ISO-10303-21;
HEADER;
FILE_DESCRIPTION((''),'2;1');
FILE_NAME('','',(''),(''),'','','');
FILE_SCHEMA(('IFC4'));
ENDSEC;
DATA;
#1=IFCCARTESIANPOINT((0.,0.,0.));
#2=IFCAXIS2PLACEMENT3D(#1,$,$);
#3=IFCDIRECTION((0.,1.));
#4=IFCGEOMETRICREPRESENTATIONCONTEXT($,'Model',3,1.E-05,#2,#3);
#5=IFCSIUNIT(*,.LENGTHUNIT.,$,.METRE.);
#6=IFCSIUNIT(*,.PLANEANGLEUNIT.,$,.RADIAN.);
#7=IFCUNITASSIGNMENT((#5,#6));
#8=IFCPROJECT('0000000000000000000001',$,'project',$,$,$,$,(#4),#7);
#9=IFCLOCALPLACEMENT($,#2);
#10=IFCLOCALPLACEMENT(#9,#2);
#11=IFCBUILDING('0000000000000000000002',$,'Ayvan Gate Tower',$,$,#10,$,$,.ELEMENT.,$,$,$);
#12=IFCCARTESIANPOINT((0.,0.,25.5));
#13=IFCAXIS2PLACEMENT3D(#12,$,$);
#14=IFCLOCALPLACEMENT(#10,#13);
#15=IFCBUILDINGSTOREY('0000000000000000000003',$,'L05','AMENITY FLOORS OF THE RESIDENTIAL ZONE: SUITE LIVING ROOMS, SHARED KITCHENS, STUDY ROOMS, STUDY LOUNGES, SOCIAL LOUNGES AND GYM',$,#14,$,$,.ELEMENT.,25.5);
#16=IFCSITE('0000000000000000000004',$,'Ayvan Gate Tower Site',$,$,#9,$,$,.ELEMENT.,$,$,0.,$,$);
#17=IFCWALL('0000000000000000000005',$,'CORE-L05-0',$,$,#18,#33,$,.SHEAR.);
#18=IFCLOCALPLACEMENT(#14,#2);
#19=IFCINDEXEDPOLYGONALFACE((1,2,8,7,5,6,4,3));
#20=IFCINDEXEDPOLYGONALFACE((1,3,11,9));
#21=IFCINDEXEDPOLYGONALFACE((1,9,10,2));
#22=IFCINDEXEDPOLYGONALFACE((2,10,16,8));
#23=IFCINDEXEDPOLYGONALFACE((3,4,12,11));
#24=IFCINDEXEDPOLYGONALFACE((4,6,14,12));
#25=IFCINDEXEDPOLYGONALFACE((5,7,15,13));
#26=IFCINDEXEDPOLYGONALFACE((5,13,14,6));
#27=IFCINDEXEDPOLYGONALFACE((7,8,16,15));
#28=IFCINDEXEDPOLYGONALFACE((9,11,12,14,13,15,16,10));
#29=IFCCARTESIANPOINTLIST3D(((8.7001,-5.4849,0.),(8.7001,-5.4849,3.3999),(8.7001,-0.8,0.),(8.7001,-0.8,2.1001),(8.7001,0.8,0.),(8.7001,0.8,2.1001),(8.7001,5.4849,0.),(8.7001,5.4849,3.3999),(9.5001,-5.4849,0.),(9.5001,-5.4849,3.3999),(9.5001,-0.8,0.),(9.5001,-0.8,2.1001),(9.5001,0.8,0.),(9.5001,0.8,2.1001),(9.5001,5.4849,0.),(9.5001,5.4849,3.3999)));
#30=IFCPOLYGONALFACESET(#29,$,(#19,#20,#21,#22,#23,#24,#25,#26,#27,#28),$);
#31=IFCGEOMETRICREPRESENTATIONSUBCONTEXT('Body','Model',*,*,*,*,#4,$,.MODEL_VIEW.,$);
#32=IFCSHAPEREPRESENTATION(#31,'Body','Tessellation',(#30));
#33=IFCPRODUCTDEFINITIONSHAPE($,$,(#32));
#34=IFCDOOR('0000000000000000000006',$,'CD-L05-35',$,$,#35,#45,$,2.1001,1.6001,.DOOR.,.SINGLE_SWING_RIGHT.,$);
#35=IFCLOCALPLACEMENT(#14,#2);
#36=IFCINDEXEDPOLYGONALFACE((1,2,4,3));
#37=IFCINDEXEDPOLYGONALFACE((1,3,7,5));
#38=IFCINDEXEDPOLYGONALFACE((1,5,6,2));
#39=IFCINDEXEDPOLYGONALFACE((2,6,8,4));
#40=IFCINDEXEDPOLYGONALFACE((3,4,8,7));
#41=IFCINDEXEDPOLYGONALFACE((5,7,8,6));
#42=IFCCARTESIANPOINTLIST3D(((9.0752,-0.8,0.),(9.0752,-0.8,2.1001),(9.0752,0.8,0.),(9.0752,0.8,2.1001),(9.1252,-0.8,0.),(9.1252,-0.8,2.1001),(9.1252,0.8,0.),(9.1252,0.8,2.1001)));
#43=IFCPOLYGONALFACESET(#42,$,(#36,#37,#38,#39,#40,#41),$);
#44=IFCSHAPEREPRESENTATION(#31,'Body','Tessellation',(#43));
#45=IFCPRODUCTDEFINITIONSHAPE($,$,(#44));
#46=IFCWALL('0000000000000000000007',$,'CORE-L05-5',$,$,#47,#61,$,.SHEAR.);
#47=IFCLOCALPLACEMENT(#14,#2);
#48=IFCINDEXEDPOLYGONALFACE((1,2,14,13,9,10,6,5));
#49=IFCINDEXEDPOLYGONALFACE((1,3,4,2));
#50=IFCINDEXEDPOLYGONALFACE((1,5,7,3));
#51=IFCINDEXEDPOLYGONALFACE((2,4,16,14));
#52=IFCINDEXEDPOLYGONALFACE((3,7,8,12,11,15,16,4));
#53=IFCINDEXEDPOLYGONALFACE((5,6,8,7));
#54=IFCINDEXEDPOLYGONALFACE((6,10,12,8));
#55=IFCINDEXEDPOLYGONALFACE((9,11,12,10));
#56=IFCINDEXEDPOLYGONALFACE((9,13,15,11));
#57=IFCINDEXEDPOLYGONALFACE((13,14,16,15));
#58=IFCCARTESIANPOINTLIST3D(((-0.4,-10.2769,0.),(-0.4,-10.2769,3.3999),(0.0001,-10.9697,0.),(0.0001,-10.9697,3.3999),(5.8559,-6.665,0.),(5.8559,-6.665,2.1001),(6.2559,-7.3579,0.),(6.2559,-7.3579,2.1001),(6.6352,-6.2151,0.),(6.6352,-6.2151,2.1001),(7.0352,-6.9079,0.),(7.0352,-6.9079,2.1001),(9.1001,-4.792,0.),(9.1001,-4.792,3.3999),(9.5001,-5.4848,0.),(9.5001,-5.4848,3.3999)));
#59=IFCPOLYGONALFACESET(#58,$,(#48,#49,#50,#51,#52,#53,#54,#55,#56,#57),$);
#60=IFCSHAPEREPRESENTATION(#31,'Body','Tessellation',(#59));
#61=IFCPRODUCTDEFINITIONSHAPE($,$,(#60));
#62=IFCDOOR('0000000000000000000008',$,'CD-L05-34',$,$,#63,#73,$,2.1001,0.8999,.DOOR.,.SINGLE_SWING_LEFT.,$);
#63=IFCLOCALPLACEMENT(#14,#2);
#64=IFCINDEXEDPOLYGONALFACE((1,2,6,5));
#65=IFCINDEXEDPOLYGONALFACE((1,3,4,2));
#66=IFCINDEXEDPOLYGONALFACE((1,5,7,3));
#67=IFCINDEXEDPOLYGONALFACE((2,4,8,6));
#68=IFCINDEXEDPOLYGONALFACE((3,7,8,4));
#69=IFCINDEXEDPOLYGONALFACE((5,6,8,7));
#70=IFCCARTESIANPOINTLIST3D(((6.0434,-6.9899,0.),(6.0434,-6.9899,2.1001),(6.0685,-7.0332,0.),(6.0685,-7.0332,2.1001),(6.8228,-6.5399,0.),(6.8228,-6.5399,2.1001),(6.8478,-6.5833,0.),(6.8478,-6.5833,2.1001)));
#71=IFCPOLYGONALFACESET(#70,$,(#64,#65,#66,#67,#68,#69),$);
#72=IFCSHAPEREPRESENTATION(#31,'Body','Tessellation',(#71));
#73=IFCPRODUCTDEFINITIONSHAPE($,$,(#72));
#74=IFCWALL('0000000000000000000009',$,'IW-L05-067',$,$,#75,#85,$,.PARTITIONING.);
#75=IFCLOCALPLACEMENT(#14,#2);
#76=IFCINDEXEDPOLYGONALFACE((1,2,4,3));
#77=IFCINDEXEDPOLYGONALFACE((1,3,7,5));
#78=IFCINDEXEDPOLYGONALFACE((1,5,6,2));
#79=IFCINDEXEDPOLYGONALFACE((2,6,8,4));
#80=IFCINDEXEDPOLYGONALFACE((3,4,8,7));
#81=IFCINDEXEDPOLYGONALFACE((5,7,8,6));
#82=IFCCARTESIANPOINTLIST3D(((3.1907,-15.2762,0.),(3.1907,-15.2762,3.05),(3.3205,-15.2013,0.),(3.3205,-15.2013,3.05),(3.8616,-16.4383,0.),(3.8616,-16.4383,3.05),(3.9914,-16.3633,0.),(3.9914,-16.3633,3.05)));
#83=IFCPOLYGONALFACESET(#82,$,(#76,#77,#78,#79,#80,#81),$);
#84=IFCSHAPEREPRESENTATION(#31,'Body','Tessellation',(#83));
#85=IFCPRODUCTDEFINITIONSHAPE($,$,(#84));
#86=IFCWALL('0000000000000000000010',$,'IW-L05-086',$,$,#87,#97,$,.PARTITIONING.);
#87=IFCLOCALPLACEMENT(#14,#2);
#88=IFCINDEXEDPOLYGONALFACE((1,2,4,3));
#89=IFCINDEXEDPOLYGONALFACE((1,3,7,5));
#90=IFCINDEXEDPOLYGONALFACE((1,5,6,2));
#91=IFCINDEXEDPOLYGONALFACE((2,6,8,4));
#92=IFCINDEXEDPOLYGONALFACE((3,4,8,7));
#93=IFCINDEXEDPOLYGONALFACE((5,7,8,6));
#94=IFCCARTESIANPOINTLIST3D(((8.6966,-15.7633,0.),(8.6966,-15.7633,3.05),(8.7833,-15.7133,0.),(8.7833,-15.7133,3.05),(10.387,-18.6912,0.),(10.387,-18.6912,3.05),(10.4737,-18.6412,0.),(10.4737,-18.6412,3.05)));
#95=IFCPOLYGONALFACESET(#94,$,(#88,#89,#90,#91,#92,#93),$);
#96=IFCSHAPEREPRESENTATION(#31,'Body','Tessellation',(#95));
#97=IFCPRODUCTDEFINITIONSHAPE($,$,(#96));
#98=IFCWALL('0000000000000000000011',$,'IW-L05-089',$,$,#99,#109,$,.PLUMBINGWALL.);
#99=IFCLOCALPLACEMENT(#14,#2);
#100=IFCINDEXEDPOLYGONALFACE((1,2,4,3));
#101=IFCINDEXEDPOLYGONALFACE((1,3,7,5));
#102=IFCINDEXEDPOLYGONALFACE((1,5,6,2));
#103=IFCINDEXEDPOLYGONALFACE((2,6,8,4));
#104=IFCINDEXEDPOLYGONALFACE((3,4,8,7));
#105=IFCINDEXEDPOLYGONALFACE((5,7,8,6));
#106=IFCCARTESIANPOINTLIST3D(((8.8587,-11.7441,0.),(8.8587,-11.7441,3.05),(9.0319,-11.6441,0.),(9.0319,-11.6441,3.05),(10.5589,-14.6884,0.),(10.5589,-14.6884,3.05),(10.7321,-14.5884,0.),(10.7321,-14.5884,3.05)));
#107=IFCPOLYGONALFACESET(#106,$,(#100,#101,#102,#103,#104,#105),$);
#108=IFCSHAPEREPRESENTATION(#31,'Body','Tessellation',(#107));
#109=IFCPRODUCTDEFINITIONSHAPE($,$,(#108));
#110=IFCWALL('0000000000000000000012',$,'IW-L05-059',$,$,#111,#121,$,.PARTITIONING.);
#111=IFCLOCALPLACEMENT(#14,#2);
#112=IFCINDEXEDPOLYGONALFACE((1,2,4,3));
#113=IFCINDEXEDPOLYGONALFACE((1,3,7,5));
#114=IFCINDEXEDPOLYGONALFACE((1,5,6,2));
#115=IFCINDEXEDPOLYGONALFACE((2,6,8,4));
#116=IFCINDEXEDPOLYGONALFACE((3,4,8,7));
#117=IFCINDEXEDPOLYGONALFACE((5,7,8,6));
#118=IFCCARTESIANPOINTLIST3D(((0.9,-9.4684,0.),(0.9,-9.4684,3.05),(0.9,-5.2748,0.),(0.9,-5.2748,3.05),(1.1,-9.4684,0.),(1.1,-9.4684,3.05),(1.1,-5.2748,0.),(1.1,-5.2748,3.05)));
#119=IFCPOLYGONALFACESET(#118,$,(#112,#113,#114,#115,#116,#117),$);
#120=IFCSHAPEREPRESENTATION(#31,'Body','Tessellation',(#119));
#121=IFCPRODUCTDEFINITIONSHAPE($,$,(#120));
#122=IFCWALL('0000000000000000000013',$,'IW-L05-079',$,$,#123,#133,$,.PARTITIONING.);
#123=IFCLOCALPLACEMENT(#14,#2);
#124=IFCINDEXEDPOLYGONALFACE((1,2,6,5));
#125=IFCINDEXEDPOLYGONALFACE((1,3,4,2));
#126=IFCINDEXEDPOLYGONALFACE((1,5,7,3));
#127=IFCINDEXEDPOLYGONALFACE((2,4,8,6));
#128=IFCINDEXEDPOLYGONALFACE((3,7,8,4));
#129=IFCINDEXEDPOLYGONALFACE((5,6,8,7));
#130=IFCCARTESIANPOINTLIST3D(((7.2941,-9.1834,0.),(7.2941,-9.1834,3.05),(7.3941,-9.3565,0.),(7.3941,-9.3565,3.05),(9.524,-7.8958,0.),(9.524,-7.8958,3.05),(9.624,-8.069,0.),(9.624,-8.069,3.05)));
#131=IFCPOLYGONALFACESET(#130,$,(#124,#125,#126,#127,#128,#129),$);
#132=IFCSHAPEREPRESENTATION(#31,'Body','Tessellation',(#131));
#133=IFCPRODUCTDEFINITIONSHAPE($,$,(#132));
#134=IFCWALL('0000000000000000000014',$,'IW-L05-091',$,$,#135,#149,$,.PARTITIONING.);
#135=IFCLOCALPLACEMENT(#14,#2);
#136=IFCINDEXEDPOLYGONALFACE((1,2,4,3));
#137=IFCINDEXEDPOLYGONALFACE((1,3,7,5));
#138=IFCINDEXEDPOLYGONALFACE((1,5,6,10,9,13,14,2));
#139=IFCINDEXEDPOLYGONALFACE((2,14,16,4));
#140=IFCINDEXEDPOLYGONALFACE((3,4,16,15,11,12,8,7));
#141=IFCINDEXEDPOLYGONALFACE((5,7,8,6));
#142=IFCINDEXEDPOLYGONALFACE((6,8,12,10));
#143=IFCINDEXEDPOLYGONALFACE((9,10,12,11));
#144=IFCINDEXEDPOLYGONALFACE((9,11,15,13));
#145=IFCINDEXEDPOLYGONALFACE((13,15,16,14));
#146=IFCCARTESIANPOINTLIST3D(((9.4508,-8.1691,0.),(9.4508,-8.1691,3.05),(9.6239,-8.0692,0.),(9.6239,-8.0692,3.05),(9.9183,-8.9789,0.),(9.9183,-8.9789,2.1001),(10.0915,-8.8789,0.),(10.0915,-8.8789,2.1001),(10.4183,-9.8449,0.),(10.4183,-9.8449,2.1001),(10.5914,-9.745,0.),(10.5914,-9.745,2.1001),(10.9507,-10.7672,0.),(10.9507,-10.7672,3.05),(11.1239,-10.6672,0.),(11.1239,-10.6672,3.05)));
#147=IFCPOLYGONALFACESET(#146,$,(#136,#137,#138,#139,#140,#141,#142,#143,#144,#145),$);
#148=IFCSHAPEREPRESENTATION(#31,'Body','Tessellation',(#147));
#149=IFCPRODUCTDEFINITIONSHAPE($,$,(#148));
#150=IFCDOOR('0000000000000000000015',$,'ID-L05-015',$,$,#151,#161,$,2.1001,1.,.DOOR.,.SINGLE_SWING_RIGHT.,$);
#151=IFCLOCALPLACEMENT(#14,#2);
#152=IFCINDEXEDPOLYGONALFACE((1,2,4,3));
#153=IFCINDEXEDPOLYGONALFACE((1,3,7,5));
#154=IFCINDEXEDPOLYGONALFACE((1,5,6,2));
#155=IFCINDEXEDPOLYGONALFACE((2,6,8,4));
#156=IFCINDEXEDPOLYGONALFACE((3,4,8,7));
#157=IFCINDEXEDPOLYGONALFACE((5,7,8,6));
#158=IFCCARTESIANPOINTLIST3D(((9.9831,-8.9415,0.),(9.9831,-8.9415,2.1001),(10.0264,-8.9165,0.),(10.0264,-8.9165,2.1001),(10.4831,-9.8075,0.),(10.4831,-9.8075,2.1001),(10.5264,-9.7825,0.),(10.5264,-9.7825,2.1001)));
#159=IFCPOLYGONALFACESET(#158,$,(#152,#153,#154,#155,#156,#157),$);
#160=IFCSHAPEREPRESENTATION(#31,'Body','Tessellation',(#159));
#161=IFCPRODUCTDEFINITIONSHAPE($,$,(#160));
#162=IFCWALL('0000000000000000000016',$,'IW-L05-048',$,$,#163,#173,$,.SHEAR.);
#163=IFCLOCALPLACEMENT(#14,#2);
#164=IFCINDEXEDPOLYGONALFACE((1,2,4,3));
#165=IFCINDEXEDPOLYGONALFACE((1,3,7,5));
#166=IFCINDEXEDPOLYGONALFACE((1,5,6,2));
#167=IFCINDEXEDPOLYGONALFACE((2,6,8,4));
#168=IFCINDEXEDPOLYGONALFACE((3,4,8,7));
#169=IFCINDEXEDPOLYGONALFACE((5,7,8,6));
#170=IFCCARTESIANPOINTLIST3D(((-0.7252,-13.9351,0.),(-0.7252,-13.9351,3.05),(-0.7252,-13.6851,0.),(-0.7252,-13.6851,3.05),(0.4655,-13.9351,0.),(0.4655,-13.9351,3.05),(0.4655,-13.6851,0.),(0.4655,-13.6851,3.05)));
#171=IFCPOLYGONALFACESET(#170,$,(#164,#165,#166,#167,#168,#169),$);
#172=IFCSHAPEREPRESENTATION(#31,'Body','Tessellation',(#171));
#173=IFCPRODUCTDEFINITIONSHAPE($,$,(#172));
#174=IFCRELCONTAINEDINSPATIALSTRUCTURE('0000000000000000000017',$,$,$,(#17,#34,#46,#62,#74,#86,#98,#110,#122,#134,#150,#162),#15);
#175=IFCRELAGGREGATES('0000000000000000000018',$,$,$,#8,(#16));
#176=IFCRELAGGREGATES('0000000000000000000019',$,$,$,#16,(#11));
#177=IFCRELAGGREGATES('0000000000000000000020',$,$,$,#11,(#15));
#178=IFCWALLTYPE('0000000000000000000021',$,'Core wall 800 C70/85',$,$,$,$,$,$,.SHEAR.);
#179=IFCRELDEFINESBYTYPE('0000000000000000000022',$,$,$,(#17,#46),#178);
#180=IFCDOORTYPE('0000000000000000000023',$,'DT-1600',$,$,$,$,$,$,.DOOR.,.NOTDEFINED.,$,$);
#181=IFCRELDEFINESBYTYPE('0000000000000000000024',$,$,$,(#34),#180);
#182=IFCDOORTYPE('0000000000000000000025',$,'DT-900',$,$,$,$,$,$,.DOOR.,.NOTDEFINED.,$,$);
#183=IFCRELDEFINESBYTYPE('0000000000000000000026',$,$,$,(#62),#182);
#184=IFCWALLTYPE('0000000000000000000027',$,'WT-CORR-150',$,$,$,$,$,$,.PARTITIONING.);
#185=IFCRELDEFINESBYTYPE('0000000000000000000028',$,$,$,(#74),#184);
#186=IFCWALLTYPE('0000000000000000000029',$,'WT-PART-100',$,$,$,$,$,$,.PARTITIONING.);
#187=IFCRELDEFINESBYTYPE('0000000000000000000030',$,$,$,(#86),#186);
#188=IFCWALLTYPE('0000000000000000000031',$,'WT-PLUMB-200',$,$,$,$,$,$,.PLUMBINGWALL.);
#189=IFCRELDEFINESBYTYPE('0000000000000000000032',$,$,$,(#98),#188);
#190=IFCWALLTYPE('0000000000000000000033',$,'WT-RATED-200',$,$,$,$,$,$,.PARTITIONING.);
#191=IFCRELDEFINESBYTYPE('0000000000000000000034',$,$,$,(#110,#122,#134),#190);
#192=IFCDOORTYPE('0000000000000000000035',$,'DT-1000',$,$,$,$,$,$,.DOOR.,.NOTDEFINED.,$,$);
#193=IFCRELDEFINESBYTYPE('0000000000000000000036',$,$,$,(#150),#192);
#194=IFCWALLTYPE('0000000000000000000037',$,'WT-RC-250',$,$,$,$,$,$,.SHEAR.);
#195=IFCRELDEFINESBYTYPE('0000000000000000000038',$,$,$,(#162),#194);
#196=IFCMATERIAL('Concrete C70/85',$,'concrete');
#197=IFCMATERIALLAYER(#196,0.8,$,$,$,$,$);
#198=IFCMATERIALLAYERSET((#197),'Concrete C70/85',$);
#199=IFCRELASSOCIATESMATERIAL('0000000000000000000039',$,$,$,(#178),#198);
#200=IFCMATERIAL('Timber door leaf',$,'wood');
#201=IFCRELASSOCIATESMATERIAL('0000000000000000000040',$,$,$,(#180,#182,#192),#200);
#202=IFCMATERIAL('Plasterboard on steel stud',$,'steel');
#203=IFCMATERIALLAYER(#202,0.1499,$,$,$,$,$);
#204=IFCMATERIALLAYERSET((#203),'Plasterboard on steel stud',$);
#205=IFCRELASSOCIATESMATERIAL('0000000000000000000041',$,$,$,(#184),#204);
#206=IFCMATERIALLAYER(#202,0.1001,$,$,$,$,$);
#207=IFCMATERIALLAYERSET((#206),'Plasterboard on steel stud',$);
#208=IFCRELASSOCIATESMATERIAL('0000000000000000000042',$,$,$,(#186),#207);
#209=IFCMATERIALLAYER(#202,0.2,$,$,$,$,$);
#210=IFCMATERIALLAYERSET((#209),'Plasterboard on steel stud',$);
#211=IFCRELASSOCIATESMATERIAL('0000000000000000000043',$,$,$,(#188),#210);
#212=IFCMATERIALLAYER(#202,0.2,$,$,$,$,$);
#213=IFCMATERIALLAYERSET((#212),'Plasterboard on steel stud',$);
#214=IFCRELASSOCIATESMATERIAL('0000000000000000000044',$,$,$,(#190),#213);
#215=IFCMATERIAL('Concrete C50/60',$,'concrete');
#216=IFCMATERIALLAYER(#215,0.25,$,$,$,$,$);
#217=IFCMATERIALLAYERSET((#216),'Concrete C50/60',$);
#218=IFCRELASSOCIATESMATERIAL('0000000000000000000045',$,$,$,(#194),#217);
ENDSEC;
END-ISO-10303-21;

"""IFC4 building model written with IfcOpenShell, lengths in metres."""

from ifc_helpers import new_model, si_unit, direction, frame, frame_2d, origin, place, context, subcontext, project, spatial, rectangle, extrude, material, layer, layer_set, type_object, element, fill, save


model = new_model("IFC4")

# Units and contexts
model_context = context("Model", 3, precision=1e-05, world=origin(), true_north=direction((0.0, 1.0)))
body_context = subcontext(model_context, "Body", "Model", "MODEL_VIEW")
ifc_project = project(units=[si_unit("LENGTHUNIT", "METRE"), si_unit("PLANEANGLEUNIT", "RADIAN")], contexts=[model_context])

# Site, building, storey
site_placement = place(None, origin())
site = spatial("IfcSite", under=ifc_project, at=site_placement, Name="Ayvan Gate Tower Site", CompositionType="ELEMENT", RefElevation=0.0)
building_placement = place(site_placement, origin())
building = spatial("IfcBuilding", under=site, at=building_placement, Name="Ayvan Gate Tower", CompositionType="ELEMENT")
storey_placement = place(building_placement, frame((0.0, 0.0, 25.5)))
storey = spatial("IfcBuildingStorey", under=building, at=storey_placement, Name="L05", Description="AMENITY FLOORS OF THE RESIDENTIAL ZONE: SUITE LIVING ROOMS, SHARED KITCHENS, STUDY ROOMS, STUDY LOUNGES, SOCIAL LOUNGES AND GYM", CompositionType="ELEMENT", Elevation=25.5)

# Walls, openings, doors
ifc_material_1 = material(Name="Concrete C70/85", Category="concrete")
ifc_layer_1 = layer(ifc_material_1, 0.8)
ifc_layer_set_1 = layer_set([ifc_layer_1], Name="Concrete C70/85")
wall_type_1 = type_object("IfcWallType", Name="Core wall 800 C70/85", PredefinedType="SHEAR", material=ifc_layer_set_1)
wall_1_placement = place(storey_placement, frame((9.1001, -5.4849, 0.0), z_axis=(0.0, 0.0, 1.0), x_axis=(0.0, 1.0, 0.0)))
wall_1 = element("IfcWall", 1, at=wall_1_placement, inside=storey, type_object=wall_type_1, Name="CORE-L05-0", PredefinedType="SHEAR", context=body_context, shape_type="SweptSolid", body=[
    extrude(rectangle(XDim=10.9697, YDim=0.8, at=frame_2d((5.4849, 0.0))), origin(), (0.0, 0.0, 1.0), 3.3999),
])
opening_1_placement = place(wall_1_placement, frame((4.6848, 0.0, 0.0)))
opening_1 = element("IfcOpeningElement", 2, at=opening_1_placement, cuts=wall_1, PredefinedType="OPENING", context=body_context, shape_type="SweptSolid", body=[
    extrude(rectangle(XDim=1.6001, YDim=2.1001, at=frame_2d((0.8, 1.05))), frame((0.0, 0.4099, 0.0), z_axis=(0.0, -1.0, 0.0), x_axis=(1.0, 0.0, 0.0)), (0.0, 0.0, 1.0), 0.8201),
])
ifc_material_2 = material(Name="Timber door leaf", Category="wood")
door_type_1 = type_object("IfcDoorType", Name="DT-1600", OperationType="NOTDEFINED", PredefinedType="DOOR", material=ifc_material_2)
door_1_placement = place(opening_1_placement, origin())
door_1 = element("IfcDoor", 3, at=door_1_placement, inside=storey, type_object=door_type_1, Name="CD-L05-35", OperationType="SINGLE_SWING_RIGHT", OverallHeight=2.1001, OverallWidth=1.6001, PredefinedType="DOOR", context=body_context, shape_type="SweptSolid", body=[
    extrude(rectangle(XDim=1.6001, YDim=2.1001, at=frame_2d((0.8, 1.05))), frame((0.0, 0.0249, 0.0), z_axis=(0.0, -1.0, 0.0), x_axis=(1.0, 0.0, 0.0)), (0.0, 0.0, 1.0), 0.05),
])
fill(opening_1, door_1)
wall_2_placement = place(storey_placement, frame((-0.2, -10.6233, 0.0), z_axis=(0.0, 0.0, 1.0), x_axis=(0.866024, 0.500002, 0.0)))
wall_2 = element("IfcWall", 4, at=wall_2_placement, inside=storey, type_object=wall_type_1, Name="CORE-L05-5", PredefinedType="SHEAR", context=body_context, shape_type="SweptSolid", body=[
    extrude(rectangle(XDim=10.9697, YDim=0.8, at=frame_2d((5.4849, 0.0))), origin(), (0.0, 0.0, 1.0), 3.3999),
])
opening_2_placement = place(wall_2_placement, frame((7.2236, 0.0, 0.0)))
opening_2 = element("IfcOpeningElement", 5, at=opening_2_placement, cuts=wall_2, PredefinedType="OPENING", context=body_context, shape_type="SweptSolid", body=[
    extrude(rectangle(XDim=0.8999, YDim=2.1001, at=frame_2d((0.45, 1.05))), frame((0.0, 0.4099, 0.0), z_axis=(0.0, -1.0, 0.0), x_axis=(1.0, 0.0, 0.0)), (0.0, 0.0, 1.0), 0.8201),
])
door_type_2 = type_object("IfcDoorType", Name="DT-900", OperationType="NOTDEFINED", PredefinedType="DOOR", material=ifc_material_2)
door_2_placement = place(opening_2_placement, origin())
door_2 = element("IfcDoor", 6, at=door_2_placement, inside=storey, type_object=door_type_2, Name="CD-L05-34", OperationType="SINGLE_SWING_LEFT", OverallHeight=2.1001, OverallWidth=0.8999, PredefinedType="DOOR", context=body_context, shape_type="SweptSolid", body=[
    extrude(rectangle(XDim=0.8999, YDim=2.1001, at=frame_2d((0.45, 1.05))), frame((0.0, 0.0249, 0.0), z_axis=(0.0, -1.0, 0.0), x_axis=(1.0, 0.0, 0.0)), (0.0, 0.0, 1.0), 0.05),
])
fill(opening_2, door_2)

# Walls
ifc_material_3 = material(Name="Plasterboard on steel stud", Category="steel")
ifc_layer_2 = layer(ifc_material_3, 0.1499)
ifc_layer_set_2 = layer_set([ifc_layer_2], Name="Plasterboard on steel stud")
wall_type_2 = type_object("IfcWallType", Name="WT-CORR-150", PredefinedType="PARTITIONING", material=ifc_layer_set_2)
wall_3_placement = place(storey_placement, frame((3.2556, -15.2388, 0.0), z_axis=(0.0, 0.0, 1.0), x_axis=(0.499974, -0.86604, 0.0)))
element("IfcWall", 7, at=wall_3_placement, inside=storey, type_object=wall_type_2, Name="IW-L05-067", PredefinedType="PARTITIONING", context=body_context, shape_type="SweptSolid", body=[
    extrude(rectangle(XDim=1.3418, YDim=0.1499, at=frame_2d((0.6709, 0.0))), origin(), (0.0, 0.0, 1.0), 3.05),
])
ifc_layer_3 = layer(ifc_material_3, 0.1001)
ifc_layer_set_3 = layer_set([ifc_layer_3], Name="Plasterboard on steel stud")
wall_type_3 = type_object("IfcWallType", Name="WT-PART-100", PredefinedType="PARTITIONING", material=ifc_layer_set_3)
wall_4_placement = place(storey_placement, frame((8.74, -15.7383, 0.0), z_axis=(0.0, 0.0, 1.0), x_axis=(0.499991, -0.86603, 0.0)))
element("IfcWall", 8, at=wall_4_placement, inside=storey, type_object=wall_type_3, Name="IW-L05-086", PredefinedType="PARTITIONING", context=body_context, shape_type="SweptSolid", body=[
    extrude(rectangle(XDim=3.3809, YDim=0.1001, at=frame_2d((1.6904, 0.0))), origin(), (0.0, 0.0, 1.0), 3.05),
])
ifc_layer_4 = layer(ifc_material_3, 0.2)
ifc_layer_set_4 = layer_set([ifc_layer_4], Name="Plasterboard on steel stud")
wall_type_4 = type_object("IfcWallType", Name="WT-PLUMB-200", PredefinedType="PLUMBINGWALL", material=ifc_layer_set_4)
wall_5_placement = place(storey_placement, frame((8.9453, -11.6941, 0.0), z_axis=(0.0, 0.0, 1.0), x_axis=(0.500062, -0.865989, 0.0)))
element("IfcWall", 9, at=wall_5_placement, inside=storey, type_object=wall_type_4, Name="IW-L05-089", PredefinedType="PLUMBINGWALL", context=body_context, shape_type="SweptSolid", body=[
    extrude(rectangle(XDim=3.3999, YDim=0.2, at=frame_2d((1.7, 0.0))), origin(), (0.0, 0.0, 1.0), 3.05),
])
ifc_layer_5 = layer(ifc_material_3, 0.2)
ifc_layer_set_5 = layer_set([ifc_layer_5], Name="Plasterboard on steel stud")
wall_type_5 = type_object("IfcWallType", Name="WT-RATED-200", PredefinedType="PARTITIONING", material=ifc_layer_set_5)
wall_6_placement = place(storey_placement, frame((1.0, -5.2749, 0.0), z_axis=(0.0, 0.0, 1.0), x_axis=(0.0, -1.0, 0.0)))
element("IfcWall", 10, at=wall_6_placement, inside=storey, type_object=wall_type_5, Name="IW-L05-059", PredefinedType="PARTITIONING", context=body_context, shape_type="SweptSolid", body=[
    extrude(rectangle(XDim=4.1936, YDim=0.2, at=frame_2d((2.0967, 0.0))), origin(), (0.0, 0.0, 1.0), 3.05),
])
wall_7_placement = place(storey_placement, frame((7.344, -9.27, 0.0), z_axis=(0.0, 0.0, 1.0), x_axis=(0.866006, 0.500034, 0.0)))
element("IfcWall", 11, at=wall_7_placement, inside=storey, type_object=wall_type_5, Name="IW-L05-079", PredefinedType="PARTITIONING", context=body_context, shape_type="SweptSolid", body=[
    extrude(rectangle(XDim=2.575, YDim=0.2, at=frame_2d((1.2876, 0.0))), origin(), (0.0, 0.0, 1.0), 3.05),
])

# Wall, opening, door
wall_8_placement = place(storey_placement, frame((9.5374, -8.1191, 0.0), z_axis=(0.0, 0.0, 1.0), x_axis=(0.49999, -0.866031, 0.0)))
wall_8 = element("IfcWall", 12, at=wall_8_placement, inside=storey, type_object=wall_type_5, Name="IW-L05-091", PredefinedType="PARTITIONING", context=body_context, shape_type="SweptSolid", body=[
    extrude(rectangle(XDim=3.0, YDim=0.2, at=frame_2d((1.5, 0.0))), origin(), (0.0, 0.0, 1.0), 3.05),
])
opening_3_placement = place(wall_8_placement, frame((0.9351, 0.0, 0.0)))
opening_3 = element("IfcOpeningElement", 13, at=opening_3_placement, cuts=wall_8, PredefinedType="OPENING", context=body_context, shape_type="SweptSolid", body=[
    extrude(rectangle(XDim=1.0, YDim=2.1001, at=frame_2d((0.5, 1.05))), frame((0.0, 0.1099, 0.0), z_axis=(0.0, -1.0, 0.0), x_axis=(1.0, 0.0, 0.0)), (0.0, 0.0, 1.0), 0.22),
])
door_type_3 = type_object("IfcDoorType", Name="DT-1000", OperationType="NOTDEFINED", PredefinedType="DOOR", material=ifc_material_2)
door_3_placement = place(opening_3_placement, origin())
door_3 = element("IfcDoor", 14, at=door_3_placement, inside=storey, type_object=door_type_3, Name="ID-L05-015", OperationType="SINGLE_SWING_RIGHT", OverallHeight=2.1001, OverallWidth=1.0, PredefinedType="DOOR", context=body_context, shape_type="SweptSolid", body=[
    extrude(rectangle(XDim=1.0, YDim=2.1001, at=frame_2d((0.5, 1.05))), frame((0.0, 0.0249, 0.0), z_axis=(0.0, -1.0, 0.0), x_axis=(1.0, 0.0, 0.0)), (0.0, 0.0, 1.0), 0.05),
])
fill(opening_3, door_3)

# Wall
ifc_material_4 = material(Name="Concrete C50/60", Category="concrete")
ifc_layer_6 = layer(ifc_material_4, 0.25)
ifc_layer_set_6 = layer_set([ifc_layer_6], Name="Concrete C50/60")
wall_type_6 = type_object("IfcWallType", Name="WT-RC-250", PredefinedType="SHEAR", material=ifc_layer_set_6)
wall_9_placement = place(storey_placement, frame((-0.7251, -13.8101, 0.0), z_axis=(0.0, 0.0, 1.0), x_axis=(1.0, 0.0, 0.0)))
element("IfcWall", 15, at=wall_9_placement, inside=storey, type_object=wall_type_6, Name="IW-L05-048", PredefinedType="SHEAR", context=body_context, shape_type="SweptSolid", body=[
    extrude(rectangle(XDim=1.1907, YDim=0.25, at=frame_2d((0.5952, 0.0))), origin(), (0.0, 0.0, 1.0), 3.05),
])

save(model, "model.ifc")
